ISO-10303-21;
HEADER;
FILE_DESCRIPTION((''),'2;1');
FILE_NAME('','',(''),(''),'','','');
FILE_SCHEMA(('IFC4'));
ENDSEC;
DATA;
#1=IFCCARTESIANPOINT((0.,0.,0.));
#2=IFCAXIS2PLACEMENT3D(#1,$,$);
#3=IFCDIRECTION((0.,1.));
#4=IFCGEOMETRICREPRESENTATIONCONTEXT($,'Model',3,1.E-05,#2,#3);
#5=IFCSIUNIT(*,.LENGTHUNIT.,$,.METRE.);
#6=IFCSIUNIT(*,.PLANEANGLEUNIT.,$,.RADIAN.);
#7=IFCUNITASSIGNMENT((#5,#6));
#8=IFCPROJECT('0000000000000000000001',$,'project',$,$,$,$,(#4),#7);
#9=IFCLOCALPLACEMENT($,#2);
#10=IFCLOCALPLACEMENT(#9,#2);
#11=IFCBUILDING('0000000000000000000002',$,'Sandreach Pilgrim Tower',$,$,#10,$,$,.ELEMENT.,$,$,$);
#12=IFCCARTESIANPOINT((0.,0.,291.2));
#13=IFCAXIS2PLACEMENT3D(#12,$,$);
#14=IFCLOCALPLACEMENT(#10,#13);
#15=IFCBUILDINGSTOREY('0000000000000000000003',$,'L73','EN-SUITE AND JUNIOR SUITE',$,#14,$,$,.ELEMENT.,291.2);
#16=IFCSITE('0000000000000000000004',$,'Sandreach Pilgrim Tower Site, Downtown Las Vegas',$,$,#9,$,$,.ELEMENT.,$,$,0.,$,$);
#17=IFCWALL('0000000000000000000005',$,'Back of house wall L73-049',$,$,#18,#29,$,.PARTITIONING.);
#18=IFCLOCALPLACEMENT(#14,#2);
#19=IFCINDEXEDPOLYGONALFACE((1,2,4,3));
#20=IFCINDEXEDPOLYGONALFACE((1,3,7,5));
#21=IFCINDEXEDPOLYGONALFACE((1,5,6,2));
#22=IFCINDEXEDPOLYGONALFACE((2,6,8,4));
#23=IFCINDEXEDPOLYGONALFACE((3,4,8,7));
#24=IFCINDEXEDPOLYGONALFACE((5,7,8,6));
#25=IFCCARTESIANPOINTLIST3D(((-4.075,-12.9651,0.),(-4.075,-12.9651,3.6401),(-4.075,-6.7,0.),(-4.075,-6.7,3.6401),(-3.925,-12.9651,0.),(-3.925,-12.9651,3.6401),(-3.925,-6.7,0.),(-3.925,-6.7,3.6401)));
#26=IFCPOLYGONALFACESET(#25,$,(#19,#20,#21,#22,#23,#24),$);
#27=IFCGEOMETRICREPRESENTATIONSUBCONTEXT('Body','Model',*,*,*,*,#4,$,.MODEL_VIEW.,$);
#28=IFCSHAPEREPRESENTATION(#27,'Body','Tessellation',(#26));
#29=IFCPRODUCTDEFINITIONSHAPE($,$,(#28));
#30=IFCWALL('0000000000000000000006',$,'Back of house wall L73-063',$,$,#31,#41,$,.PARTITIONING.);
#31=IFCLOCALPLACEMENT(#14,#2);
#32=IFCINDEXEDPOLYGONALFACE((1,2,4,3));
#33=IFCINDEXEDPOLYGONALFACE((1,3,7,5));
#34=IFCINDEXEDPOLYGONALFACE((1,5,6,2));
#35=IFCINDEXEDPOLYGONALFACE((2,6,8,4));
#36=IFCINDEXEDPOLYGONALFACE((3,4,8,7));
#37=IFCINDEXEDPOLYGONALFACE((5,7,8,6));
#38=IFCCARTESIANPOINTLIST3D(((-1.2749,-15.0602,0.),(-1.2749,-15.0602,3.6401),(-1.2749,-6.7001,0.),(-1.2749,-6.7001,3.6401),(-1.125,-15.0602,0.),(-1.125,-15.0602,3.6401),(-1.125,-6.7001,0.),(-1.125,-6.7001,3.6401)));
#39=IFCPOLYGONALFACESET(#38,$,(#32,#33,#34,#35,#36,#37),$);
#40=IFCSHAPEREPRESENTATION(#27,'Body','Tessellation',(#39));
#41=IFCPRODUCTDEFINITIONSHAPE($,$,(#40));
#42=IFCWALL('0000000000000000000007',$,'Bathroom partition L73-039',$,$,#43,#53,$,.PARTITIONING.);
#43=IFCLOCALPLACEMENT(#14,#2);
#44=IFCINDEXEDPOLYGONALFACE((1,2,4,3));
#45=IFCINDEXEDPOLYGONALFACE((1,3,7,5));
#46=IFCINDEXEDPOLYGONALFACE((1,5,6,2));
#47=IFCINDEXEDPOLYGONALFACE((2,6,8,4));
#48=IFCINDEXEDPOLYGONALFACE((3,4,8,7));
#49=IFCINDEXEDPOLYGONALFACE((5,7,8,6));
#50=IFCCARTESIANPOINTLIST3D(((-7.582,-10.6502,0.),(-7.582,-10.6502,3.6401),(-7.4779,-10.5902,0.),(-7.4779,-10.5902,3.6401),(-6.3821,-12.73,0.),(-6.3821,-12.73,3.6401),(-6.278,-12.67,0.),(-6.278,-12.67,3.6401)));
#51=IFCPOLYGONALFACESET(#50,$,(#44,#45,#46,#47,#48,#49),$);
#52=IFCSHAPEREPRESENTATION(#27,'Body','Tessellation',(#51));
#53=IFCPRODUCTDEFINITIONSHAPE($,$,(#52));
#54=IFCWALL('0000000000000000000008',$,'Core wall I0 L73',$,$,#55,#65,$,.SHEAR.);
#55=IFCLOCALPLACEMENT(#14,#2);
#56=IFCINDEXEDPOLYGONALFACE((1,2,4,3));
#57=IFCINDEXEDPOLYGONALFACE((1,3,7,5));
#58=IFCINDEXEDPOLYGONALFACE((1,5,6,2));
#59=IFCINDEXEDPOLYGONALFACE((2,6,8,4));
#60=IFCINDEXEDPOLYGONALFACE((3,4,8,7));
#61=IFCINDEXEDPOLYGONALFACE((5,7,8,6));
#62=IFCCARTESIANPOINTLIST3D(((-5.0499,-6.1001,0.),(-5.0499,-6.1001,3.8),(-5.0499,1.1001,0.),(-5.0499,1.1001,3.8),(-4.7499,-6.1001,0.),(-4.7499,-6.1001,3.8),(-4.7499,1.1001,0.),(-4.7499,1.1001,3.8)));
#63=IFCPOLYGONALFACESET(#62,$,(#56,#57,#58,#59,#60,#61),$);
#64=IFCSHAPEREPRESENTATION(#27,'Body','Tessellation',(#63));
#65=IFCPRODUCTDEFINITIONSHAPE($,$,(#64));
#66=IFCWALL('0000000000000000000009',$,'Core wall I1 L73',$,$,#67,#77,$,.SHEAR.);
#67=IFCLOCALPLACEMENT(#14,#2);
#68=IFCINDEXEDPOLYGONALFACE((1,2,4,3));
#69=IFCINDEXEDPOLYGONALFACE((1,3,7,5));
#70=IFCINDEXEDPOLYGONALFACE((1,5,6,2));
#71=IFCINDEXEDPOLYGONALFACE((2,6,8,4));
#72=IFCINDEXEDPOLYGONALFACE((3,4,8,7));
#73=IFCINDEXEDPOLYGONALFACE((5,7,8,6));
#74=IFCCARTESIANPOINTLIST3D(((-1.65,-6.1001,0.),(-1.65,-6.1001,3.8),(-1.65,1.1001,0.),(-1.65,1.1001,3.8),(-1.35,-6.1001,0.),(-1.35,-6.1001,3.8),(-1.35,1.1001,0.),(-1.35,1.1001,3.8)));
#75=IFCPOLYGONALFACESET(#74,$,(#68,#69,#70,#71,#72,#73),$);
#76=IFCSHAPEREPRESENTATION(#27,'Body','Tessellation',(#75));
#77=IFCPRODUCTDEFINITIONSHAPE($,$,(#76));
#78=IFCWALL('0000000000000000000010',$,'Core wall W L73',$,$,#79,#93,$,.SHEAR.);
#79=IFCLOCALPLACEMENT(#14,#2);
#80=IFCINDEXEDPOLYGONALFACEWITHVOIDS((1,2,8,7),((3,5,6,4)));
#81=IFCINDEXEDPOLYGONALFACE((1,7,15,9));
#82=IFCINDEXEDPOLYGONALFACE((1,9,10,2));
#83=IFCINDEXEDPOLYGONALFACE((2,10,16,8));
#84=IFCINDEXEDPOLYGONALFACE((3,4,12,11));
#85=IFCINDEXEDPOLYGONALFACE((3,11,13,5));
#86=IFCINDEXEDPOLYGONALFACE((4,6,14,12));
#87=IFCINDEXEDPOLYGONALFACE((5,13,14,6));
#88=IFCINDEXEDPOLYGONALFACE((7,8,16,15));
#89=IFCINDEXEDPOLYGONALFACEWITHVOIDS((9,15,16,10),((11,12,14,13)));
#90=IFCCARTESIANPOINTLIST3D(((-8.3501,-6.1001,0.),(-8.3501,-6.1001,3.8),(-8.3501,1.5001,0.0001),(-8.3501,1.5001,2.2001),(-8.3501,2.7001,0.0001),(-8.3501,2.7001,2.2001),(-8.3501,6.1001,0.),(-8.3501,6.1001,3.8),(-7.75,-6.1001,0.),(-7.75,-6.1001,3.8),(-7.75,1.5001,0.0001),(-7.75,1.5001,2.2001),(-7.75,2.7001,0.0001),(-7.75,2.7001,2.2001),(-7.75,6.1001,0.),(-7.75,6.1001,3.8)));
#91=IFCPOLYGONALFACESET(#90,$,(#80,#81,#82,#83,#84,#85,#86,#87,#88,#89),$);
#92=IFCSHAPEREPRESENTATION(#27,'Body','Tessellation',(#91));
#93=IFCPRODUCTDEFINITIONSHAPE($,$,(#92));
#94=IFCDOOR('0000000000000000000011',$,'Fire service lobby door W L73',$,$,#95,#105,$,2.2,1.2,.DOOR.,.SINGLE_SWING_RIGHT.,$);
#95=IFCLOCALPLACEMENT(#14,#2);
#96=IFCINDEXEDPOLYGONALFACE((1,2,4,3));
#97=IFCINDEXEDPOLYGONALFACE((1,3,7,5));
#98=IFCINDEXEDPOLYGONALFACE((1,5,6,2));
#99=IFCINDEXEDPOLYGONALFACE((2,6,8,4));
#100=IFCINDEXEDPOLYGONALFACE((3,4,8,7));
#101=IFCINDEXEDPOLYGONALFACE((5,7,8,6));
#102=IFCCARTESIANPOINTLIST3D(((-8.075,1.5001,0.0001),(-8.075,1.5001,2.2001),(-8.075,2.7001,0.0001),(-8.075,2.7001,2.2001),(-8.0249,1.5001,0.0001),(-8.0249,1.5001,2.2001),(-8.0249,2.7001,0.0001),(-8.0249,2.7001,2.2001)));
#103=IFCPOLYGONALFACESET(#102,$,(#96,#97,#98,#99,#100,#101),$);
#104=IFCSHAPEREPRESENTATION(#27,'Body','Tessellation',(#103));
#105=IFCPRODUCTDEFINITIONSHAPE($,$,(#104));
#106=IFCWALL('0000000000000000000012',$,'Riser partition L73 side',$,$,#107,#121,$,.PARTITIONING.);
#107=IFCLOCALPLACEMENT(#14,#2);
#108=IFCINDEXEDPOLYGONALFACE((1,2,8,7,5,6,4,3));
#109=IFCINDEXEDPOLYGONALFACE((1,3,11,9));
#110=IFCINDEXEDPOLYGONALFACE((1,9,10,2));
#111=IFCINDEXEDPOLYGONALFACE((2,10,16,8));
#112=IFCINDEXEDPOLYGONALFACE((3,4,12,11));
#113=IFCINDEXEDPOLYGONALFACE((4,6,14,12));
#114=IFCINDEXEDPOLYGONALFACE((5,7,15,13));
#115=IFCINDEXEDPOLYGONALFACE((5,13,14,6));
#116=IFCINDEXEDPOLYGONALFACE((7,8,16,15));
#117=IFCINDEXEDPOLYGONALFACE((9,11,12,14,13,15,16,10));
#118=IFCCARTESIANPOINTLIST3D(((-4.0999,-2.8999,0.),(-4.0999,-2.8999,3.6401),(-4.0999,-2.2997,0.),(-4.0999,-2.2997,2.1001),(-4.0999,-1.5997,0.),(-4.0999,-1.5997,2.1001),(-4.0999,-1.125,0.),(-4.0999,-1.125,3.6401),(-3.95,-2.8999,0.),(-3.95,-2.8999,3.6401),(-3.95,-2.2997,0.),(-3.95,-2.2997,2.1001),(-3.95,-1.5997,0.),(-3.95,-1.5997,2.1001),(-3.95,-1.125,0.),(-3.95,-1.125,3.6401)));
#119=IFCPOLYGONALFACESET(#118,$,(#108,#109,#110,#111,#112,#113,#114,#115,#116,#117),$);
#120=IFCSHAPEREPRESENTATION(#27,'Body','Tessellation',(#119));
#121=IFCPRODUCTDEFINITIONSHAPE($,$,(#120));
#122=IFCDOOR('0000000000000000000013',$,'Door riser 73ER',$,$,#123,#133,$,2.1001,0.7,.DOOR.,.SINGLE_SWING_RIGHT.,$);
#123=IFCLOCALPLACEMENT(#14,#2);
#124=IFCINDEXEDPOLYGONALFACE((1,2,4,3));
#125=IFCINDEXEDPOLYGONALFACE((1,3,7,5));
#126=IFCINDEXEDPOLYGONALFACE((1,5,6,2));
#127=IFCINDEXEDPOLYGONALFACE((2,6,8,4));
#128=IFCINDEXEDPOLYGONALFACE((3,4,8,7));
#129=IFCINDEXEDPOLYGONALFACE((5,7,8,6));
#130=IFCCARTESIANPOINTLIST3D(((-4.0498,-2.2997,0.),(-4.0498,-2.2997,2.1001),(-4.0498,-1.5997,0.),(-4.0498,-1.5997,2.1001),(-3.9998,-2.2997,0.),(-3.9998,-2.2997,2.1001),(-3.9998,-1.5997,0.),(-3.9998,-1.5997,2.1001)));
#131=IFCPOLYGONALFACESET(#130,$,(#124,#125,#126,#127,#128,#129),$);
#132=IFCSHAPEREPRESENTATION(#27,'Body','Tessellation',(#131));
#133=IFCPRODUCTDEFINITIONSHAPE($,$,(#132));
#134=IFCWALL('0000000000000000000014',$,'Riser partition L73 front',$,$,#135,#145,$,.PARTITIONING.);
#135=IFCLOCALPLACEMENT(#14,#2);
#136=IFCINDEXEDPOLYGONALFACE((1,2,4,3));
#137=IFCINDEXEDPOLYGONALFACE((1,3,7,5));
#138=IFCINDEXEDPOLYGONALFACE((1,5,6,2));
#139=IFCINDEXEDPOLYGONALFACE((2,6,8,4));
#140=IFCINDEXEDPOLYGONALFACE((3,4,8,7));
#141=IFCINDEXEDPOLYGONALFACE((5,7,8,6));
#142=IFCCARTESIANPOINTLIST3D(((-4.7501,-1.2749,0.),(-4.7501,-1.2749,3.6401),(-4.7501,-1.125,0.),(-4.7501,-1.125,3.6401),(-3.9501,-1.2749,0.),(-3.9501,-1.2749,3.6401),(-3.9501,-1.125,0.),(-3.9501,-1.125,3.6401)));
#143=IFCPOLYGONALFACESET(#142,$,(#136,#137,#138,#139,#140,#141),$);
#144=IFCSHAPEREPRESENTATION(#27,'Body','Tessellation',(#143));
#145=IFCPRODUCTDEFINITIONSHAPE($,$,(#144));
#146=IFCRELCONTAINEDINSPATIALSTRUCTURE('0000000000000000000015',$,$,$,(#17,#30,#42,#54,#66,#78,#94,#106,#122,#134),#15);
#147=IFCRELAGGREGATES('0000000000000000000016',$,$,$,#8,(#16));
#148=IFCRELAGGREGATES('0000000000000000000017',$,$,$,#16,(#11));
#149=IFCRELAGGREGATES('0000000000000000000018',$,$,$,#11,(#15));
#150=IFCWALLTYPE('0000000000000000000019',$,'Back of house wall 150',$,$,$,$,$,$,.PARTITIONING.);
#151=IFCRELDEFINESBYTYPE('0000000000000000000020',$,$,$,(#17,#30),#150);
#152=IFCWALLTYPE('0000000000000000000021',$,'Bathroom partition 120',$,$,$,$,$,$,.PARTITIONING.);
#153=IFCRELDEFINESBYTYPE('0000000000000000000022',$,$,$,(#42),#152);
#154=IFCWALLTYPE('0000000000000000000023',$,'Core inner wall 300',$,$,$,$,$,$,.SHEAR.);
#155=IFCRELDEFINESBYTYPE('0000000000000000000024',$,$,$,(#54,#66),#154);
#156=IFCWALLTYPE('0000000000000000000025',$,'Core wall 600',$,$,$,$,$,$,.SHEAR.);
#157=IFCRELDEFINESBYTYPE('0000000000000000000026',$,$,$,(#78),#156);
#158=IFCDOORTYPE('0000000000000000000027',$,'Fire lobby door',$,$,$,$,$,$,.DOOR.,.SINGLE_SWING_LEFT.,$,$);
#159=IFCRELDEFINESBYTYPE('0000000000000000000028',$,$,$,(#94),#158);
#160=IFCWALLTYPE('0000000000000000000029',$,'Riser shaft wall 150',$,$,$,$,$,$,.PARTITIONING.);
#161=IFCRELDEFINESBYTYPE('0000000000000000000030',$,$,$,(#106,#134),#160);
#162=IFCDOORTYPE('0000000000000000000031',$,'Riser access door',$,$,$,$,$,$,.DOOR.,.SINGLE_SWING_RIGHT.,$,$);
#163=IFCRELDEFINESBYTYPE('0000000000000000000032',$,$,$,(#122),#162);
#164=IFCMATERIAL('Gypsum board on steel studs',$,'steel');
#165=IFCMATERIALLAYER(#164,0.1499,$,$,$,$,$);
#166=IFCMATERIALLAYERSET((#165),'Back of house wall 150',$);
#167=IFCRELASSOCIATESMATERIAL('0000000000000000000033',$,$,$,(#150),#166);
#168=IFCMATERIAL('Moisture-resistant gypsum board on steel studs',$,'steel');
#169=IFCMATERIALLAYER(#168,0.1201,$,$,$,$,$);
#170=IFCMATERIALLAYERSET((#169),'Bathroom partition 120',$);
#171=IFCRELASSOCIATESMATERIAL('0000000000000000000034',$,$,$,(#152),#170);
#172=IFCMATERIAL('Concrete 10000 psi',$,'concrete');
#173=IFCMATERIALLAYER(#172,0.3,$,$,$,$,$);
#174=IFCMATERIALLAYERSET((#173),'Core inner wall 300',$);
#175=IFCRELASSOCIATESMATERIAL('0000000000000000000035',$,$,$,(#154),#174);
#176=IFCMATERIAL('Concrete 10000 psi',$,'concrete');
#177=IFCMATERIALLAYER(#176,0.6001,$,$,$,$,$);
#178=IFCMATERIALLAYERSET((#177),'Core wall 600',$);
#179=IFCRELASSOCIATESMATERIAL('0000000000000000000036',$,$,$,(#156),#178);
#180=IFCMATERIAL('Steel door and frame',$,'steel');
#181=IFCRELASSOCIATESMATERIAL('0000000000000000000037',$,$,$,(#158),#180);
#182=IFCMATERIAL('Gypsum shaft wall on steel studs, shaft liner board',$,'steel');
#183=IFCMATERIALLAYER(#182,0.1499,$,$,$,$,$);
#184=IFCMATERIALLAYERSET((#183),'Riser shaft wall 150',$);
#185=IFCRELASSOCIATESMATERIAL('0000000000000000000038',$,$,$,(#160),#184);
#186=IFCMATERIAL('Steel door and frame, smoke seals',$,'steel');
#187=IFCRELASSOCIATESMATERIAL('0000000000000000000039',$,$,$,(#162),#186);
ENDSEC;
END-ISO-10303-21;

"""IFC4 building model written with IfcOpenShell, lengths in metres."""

from ifc_helpers import new_model, si_unit, direction, frame, frame_2d, origin, place, context, subcontext, project, spatial, rectangle, extrude, material, layer, layer_set, type_object, element, fill, save


model = new_model("IFC4")

# Units and contexts
model_context = context("Model", 3, precision=1e-05, world=origin(), true_north=direction((0.0, 1.0)))
body_context = subcontext(model_context, "Body", "Model", "MODEL_VIEW")
ifc_project = project(units=[si_unit("LENGTHUNIT", "METRE"), si_unit("PLANEANGLEUNIT", "RADIAN")], contexts=[model_context])

# Site, building, storey
site_placement = place(None, origin())
site = spatial("IfcSite", under=ifc_project, at=site_placement, Name="Sandreach Pilgrim Tower Site, Downtown Las Vegas", CompositionType="ELEMENT", RefElevation=0.0)
building_placement = place(site_placement, origin())
building = spatial("IfcBuilding", under=site, at=building_placement, Name="Sandreach Pilgrim Tower", CompositionType="ELEMENT")
storey_placement = place(building_placement, frame((0.0, 0.0, 291.2)))
storey = spatial("IfcBuildingStorey", under=building, at=storey_placement, Name="L73", Description="EN-SUITE AND JUNIOR SUITE", CompositionType="ELEMENT", Elevation=291.2)

# Walls
ifc_material_1 = material(Name="Gypsum board on steel studs", Category="steel")
ifc_layer_1 = layer(ifc_material_1, 0.1499)
ifc_layer_set_1 = layer_set([ifc_layer_1], Name="Back of house wall 150")
wall_type_1 = type_object("IfcWallType", Name="Back of house wall 150", PredefinedType="PARTITIONING", material=ifc_layer_set_1)
wall_1_placement = place(storey_placement, frame((-4.0, -6.7, 0.0), z_axis=(0.0, 0.0, 1.0), x_axis=(0.0, -1.0, 0.0)))
element("IfcWall", 1, at=wall_1_placement, inside=storey, type_object=wall_type_1, Name="Back of house wall L73-049", PredefinedType="PARTITIONING", context=body_context, shape_type="SweptSolid", body=[
    extrude(rectangle(XDim=6.2651, YDim=0.1499, at=frame_2d((3.1326, 0.0))), origin(), (0.0, 0.0, 1.0), 3.6401),
])
wall_2_placement = place(storey_placement, frame((-1.2, -6.7, 0.0), z_axis=(0.0, 0.0, 1.0), x_axis=(0.0, -1.0, 0.0)))
element("IfcWall", 2, at=wall_2_placement, inside=storey, type_object=wall_type_1, Name="Back of house wall L73-063", PredefinedType="PARTITIONING", context=body_context, shape_type="SweptSolid", body=[
    extrude(rectangle(XDim=8.3601, YDim=0.1499, at=frame_2d((4.1802, 0.0))), origin(), (0.0, 0.0, 1.0), 3.6401),
])
ifc_material_2 = material(Name="Moisture-resistant gypsum board on steel studs", Category="steel")
ifc_layer_2 = layer(ifc_material_2, 0.1201)
ifc_layer_set_2 = layer_set([ifc_layer_2], Name="Bathroom partition 120")
wall_type_2 = type_object("IfcWallType", Name="Bathroom partition 120", PredefinedType="PARTITIONING", material=ifc_layer_set_2)
wall_3_placement = place(storey_placement, frame((-7.53, -10.6201, 0.0), z_axis=(0.0, 0.0, 1.0), x_axis=(0.499737, -0.866177, 0.0)))
element("IfcWall", 3, at=wall_3_placement, inside=storey, type_object=wall_type_2, Name="Bathroom partition L73-039", PredefinedType="PARTITIONING", context=body_context, shape_type="SweptSolid", body=[
    extrude(rectangle(XDim=2.4011, YDim=0.1201, at=frame_2d((1.2007, 0.0))), origin(), (0.0, 0.0, 1.0), 3.6401),
])
ifc_material_3 = material(Name="Concrete 10000 psi", Category="concrete")
ifc_layer_3 = layer(ifc_material_3, 0.3)
ifc_layer_set_3 = layer_set([ifc_layer_3], Name="Core inner wall 300")
wall_type_3 = type_object("IfcWallType", Name="Core inner wall 300", PredefinedType="SHEAR", material=ifc_layer_set_3)
for number, where, z_axis, x_axis, name in (
    (4, (-4.8999, -6.1001, 0.0), (0.0, 0.0, 1.0), (0.0, 1.0, 0.0), "Core wall I0 L73"),
    (5, (-1.5, -6.1001, 0.0), (0.0, 0.0, 1.0), (0.0, 1.0, 0.0), "Core wall I1 L73"),
):
    element("IfcWall", number, at=place(storey_placement, frame(where, z_axis=z_axis, x_axis=x_axis)), inside=storey, type_object=wall_type_3, Name=name, PredefinedType="SHEAR", context=body_context, shape_type="SweptSolid", body=[
        extrude(rectangle(XDim=7.2002, YDim=0.3, at=frame_2d((3.6001, 0.0))), origin(), (0.0, 0.0, 1.0), 3.8),
    ])

# Walls, openings, doors
ifc_material_4 = material(Name="Concrete 10000 psi", Category="concrete")
ifc_layer_4 = layer(ifc_material_4, 0.6001)
ifc_layer_set_4 = layer_set([ifc_layer_4], Name="Core wall 600")
wall_type_4 = type_object("IfcWallType", Name="Core wall 600", PredefinedType="SHEAR", material=ifc_layer_set_4)
wall_4_placement = place(storey_placement, frame((-8.05, -6.1001, 0.0), z_axis=(0.0, 0.0, 1.0), x_axis=(0.0, 1.0, 0.0)))
wall_4 = element("IfcWall", 6, at=wall_4_placement, inside=storey, type_object=wall_type_4, Name="Core wall W L73", PredefinedType="SHEAR", context=body_context, shape_type="SweptSolid", body=[
    extrude(rectangle(XDim=12.2002, YDim=0.6001, at=frame_2d((6.1001, 0.0))), origin(), (0.0, 0.0, 1.0), 3.8),
])
opening_1_placement = place(wall_4_placement, frame((7.6001, 0.0, 0.0)))
opening_1 = element("IfcOpeningElement", 7, at=opening_1_placement, cuts=wall_4, PredefinedType="OPENING", context=body_context, shape_type="SweptSolid", body=[
    extrude(rectangle(XDim=1.2, YDim=2.2, at=frame_2d((0.6001, 1.1001))), frame((0.0, 0.3, 0.0), z_axis=(0.0, -1.0, 0.0), x_axis=(1.0, 0.0, 0.0)), (0.0, 0.0, 1.0), 0.6001),
])
ifc_material_5 = material(Name="Steel door and frame", Category="steel")
door_type_1 = type_object("IfcDoorType", Name="Fire lobby door", OperationType="SINGLE_SWING_LEFT", PredefinedType="DOOR", material=ifc_material_5)
door_1_placement = place(opening_1_placement, origin())
door_1 = element("IfcDoor", 8, at=door_1_placement, inside=storey, type_object=door_type_1, Name="Fire service lobby door W L73", OperationType="SINGLE_SWING_RIGHT", OverallHeight=2.2, OverallWidth=1.2, PredefinedType="DOOR", context=body_context, shape_type="SweptSolid", body=[
    extrude(rectangle(XDim=1.2, YDim=2.2, at=frame_2d((0.6001, 1.1001))), frame((0.0, 0.0249, 0.0), z_axis=(0.0, -1.0, 0.0), x_axis=(1.0, 0.0, 0.0)), (0.0, 0.0, 1.0), 0.05),
])
fill(opening_1, door_1)
ifc_material_6 = material(Name="Gypsum shaft wall on steel studs, shaft liner board", Category="steel")
ifc_layer_5 = layer(ifc_material_6, 0.1499)
ifc_layer_set_5 = layer_set([ifc_layer_5], Name="Riser shaft wall 150")
wall_type_5 = type_object("IfcWallType", Name="Riser shaft wall 150", PredefinedType="PARTITIONING", material=ifc_layer_set_5)
wall_5_placement = place(storey_placement, frame((-4.0249, -2.8999, 0.0), z_axis=(0.0, 0.0, 1.0), x_axis=(0.0, 1.0, 0.0)))
wall_5 = element("IfcWall", 9, at=wall_5_placement, inside=storey, type_object=wall_type_5, Name="Riser partition L73 side", PredefinedType="PARTITIONING", context=body_context, shape_type="SweptSolid", body=[
    extrude(rectangle(XDim=1.7749, YDim=0.1499, at=frame_2d((0.8875, 0.0))), origin(), (0.0, 0.0, 1.0), 3.6401),
])
opening_2_placement = place(wall_5_placement, frame((0.6001, 0.0, 0.0)))
opening_2 = element("IfcOpeningElement", 10, at=opening_2_placement, cuts=wall_5, PredefinedType="OPENING", context=body_context, shape_type="SweptSolid", body=[
    extrude(rectangle(XDim=0.7, YDim=2.1001, at=frame_2d((0.3501, 1.05))), frame((0.0, 0.075, 0.0), z_axis=(0.0, -1.0, 0.0), x_axis=(1.0, 0.0, 0.0)), (0.0, 0.0, 1.0), 0.1499),
])
ifc_material_7 = material(Name="Steel door and frame, smoke seals", Category="steel")
door_type_2 = type_object("IfcDoorType", Name="Riser access door", OperationType="SINGLE_SWING_RIGHT", PredefinedType="DOOR", material=ifc_material_7)
door_2_placement = place(opening_2_placement, origin())
door_2 = element("IfcDoor", 11, at=door_2_placement, inside=storey, type_object=door_type_2, Name="Door riser 73ER", OperationType="SINGLE_SWING_RIGHT", OverallHeight=2.1001, OverallWidth=0.7, PredefinedType="DOOR", context=body_context, shape_type="SweptSolid", body=[
    extrude(rectangle(XDim=0.7, YDim=2.1001, at=frame_2d((0.3501, 1.05))), frame((0.0, 0.0249, 0.0), z_axis=(0.0, -1.0, 0.0), x_axis=(1.0, 0.0, 0.0)), (0.0, 0.0, 1.0), 0.05),
])
fill(opening_2, door_2)

# Wall
wall_6_placement = place(storey_placement, frame((-4.75, -1.2, 0.0), z_axis=(0.0, 0.0, 1.0), x_axis=(1.0, 0.0, 0.0)))
element("IfcWall", 12, at=wall_6_placement, inside=storey, type_object=wall_type_5, Name="Riser partition L73 front", PredefinedType="PARTITIONING", context=body_context, shape_type="SweptSolid", body=[
    extrude(rectangle(XDim=0.8, YDim=0.1499, at=frame_2d((0.3999, 0.0))), origin(), (0.0, 0.0, 1.0), 3.6401),
])

save(model, "model.ifc")
